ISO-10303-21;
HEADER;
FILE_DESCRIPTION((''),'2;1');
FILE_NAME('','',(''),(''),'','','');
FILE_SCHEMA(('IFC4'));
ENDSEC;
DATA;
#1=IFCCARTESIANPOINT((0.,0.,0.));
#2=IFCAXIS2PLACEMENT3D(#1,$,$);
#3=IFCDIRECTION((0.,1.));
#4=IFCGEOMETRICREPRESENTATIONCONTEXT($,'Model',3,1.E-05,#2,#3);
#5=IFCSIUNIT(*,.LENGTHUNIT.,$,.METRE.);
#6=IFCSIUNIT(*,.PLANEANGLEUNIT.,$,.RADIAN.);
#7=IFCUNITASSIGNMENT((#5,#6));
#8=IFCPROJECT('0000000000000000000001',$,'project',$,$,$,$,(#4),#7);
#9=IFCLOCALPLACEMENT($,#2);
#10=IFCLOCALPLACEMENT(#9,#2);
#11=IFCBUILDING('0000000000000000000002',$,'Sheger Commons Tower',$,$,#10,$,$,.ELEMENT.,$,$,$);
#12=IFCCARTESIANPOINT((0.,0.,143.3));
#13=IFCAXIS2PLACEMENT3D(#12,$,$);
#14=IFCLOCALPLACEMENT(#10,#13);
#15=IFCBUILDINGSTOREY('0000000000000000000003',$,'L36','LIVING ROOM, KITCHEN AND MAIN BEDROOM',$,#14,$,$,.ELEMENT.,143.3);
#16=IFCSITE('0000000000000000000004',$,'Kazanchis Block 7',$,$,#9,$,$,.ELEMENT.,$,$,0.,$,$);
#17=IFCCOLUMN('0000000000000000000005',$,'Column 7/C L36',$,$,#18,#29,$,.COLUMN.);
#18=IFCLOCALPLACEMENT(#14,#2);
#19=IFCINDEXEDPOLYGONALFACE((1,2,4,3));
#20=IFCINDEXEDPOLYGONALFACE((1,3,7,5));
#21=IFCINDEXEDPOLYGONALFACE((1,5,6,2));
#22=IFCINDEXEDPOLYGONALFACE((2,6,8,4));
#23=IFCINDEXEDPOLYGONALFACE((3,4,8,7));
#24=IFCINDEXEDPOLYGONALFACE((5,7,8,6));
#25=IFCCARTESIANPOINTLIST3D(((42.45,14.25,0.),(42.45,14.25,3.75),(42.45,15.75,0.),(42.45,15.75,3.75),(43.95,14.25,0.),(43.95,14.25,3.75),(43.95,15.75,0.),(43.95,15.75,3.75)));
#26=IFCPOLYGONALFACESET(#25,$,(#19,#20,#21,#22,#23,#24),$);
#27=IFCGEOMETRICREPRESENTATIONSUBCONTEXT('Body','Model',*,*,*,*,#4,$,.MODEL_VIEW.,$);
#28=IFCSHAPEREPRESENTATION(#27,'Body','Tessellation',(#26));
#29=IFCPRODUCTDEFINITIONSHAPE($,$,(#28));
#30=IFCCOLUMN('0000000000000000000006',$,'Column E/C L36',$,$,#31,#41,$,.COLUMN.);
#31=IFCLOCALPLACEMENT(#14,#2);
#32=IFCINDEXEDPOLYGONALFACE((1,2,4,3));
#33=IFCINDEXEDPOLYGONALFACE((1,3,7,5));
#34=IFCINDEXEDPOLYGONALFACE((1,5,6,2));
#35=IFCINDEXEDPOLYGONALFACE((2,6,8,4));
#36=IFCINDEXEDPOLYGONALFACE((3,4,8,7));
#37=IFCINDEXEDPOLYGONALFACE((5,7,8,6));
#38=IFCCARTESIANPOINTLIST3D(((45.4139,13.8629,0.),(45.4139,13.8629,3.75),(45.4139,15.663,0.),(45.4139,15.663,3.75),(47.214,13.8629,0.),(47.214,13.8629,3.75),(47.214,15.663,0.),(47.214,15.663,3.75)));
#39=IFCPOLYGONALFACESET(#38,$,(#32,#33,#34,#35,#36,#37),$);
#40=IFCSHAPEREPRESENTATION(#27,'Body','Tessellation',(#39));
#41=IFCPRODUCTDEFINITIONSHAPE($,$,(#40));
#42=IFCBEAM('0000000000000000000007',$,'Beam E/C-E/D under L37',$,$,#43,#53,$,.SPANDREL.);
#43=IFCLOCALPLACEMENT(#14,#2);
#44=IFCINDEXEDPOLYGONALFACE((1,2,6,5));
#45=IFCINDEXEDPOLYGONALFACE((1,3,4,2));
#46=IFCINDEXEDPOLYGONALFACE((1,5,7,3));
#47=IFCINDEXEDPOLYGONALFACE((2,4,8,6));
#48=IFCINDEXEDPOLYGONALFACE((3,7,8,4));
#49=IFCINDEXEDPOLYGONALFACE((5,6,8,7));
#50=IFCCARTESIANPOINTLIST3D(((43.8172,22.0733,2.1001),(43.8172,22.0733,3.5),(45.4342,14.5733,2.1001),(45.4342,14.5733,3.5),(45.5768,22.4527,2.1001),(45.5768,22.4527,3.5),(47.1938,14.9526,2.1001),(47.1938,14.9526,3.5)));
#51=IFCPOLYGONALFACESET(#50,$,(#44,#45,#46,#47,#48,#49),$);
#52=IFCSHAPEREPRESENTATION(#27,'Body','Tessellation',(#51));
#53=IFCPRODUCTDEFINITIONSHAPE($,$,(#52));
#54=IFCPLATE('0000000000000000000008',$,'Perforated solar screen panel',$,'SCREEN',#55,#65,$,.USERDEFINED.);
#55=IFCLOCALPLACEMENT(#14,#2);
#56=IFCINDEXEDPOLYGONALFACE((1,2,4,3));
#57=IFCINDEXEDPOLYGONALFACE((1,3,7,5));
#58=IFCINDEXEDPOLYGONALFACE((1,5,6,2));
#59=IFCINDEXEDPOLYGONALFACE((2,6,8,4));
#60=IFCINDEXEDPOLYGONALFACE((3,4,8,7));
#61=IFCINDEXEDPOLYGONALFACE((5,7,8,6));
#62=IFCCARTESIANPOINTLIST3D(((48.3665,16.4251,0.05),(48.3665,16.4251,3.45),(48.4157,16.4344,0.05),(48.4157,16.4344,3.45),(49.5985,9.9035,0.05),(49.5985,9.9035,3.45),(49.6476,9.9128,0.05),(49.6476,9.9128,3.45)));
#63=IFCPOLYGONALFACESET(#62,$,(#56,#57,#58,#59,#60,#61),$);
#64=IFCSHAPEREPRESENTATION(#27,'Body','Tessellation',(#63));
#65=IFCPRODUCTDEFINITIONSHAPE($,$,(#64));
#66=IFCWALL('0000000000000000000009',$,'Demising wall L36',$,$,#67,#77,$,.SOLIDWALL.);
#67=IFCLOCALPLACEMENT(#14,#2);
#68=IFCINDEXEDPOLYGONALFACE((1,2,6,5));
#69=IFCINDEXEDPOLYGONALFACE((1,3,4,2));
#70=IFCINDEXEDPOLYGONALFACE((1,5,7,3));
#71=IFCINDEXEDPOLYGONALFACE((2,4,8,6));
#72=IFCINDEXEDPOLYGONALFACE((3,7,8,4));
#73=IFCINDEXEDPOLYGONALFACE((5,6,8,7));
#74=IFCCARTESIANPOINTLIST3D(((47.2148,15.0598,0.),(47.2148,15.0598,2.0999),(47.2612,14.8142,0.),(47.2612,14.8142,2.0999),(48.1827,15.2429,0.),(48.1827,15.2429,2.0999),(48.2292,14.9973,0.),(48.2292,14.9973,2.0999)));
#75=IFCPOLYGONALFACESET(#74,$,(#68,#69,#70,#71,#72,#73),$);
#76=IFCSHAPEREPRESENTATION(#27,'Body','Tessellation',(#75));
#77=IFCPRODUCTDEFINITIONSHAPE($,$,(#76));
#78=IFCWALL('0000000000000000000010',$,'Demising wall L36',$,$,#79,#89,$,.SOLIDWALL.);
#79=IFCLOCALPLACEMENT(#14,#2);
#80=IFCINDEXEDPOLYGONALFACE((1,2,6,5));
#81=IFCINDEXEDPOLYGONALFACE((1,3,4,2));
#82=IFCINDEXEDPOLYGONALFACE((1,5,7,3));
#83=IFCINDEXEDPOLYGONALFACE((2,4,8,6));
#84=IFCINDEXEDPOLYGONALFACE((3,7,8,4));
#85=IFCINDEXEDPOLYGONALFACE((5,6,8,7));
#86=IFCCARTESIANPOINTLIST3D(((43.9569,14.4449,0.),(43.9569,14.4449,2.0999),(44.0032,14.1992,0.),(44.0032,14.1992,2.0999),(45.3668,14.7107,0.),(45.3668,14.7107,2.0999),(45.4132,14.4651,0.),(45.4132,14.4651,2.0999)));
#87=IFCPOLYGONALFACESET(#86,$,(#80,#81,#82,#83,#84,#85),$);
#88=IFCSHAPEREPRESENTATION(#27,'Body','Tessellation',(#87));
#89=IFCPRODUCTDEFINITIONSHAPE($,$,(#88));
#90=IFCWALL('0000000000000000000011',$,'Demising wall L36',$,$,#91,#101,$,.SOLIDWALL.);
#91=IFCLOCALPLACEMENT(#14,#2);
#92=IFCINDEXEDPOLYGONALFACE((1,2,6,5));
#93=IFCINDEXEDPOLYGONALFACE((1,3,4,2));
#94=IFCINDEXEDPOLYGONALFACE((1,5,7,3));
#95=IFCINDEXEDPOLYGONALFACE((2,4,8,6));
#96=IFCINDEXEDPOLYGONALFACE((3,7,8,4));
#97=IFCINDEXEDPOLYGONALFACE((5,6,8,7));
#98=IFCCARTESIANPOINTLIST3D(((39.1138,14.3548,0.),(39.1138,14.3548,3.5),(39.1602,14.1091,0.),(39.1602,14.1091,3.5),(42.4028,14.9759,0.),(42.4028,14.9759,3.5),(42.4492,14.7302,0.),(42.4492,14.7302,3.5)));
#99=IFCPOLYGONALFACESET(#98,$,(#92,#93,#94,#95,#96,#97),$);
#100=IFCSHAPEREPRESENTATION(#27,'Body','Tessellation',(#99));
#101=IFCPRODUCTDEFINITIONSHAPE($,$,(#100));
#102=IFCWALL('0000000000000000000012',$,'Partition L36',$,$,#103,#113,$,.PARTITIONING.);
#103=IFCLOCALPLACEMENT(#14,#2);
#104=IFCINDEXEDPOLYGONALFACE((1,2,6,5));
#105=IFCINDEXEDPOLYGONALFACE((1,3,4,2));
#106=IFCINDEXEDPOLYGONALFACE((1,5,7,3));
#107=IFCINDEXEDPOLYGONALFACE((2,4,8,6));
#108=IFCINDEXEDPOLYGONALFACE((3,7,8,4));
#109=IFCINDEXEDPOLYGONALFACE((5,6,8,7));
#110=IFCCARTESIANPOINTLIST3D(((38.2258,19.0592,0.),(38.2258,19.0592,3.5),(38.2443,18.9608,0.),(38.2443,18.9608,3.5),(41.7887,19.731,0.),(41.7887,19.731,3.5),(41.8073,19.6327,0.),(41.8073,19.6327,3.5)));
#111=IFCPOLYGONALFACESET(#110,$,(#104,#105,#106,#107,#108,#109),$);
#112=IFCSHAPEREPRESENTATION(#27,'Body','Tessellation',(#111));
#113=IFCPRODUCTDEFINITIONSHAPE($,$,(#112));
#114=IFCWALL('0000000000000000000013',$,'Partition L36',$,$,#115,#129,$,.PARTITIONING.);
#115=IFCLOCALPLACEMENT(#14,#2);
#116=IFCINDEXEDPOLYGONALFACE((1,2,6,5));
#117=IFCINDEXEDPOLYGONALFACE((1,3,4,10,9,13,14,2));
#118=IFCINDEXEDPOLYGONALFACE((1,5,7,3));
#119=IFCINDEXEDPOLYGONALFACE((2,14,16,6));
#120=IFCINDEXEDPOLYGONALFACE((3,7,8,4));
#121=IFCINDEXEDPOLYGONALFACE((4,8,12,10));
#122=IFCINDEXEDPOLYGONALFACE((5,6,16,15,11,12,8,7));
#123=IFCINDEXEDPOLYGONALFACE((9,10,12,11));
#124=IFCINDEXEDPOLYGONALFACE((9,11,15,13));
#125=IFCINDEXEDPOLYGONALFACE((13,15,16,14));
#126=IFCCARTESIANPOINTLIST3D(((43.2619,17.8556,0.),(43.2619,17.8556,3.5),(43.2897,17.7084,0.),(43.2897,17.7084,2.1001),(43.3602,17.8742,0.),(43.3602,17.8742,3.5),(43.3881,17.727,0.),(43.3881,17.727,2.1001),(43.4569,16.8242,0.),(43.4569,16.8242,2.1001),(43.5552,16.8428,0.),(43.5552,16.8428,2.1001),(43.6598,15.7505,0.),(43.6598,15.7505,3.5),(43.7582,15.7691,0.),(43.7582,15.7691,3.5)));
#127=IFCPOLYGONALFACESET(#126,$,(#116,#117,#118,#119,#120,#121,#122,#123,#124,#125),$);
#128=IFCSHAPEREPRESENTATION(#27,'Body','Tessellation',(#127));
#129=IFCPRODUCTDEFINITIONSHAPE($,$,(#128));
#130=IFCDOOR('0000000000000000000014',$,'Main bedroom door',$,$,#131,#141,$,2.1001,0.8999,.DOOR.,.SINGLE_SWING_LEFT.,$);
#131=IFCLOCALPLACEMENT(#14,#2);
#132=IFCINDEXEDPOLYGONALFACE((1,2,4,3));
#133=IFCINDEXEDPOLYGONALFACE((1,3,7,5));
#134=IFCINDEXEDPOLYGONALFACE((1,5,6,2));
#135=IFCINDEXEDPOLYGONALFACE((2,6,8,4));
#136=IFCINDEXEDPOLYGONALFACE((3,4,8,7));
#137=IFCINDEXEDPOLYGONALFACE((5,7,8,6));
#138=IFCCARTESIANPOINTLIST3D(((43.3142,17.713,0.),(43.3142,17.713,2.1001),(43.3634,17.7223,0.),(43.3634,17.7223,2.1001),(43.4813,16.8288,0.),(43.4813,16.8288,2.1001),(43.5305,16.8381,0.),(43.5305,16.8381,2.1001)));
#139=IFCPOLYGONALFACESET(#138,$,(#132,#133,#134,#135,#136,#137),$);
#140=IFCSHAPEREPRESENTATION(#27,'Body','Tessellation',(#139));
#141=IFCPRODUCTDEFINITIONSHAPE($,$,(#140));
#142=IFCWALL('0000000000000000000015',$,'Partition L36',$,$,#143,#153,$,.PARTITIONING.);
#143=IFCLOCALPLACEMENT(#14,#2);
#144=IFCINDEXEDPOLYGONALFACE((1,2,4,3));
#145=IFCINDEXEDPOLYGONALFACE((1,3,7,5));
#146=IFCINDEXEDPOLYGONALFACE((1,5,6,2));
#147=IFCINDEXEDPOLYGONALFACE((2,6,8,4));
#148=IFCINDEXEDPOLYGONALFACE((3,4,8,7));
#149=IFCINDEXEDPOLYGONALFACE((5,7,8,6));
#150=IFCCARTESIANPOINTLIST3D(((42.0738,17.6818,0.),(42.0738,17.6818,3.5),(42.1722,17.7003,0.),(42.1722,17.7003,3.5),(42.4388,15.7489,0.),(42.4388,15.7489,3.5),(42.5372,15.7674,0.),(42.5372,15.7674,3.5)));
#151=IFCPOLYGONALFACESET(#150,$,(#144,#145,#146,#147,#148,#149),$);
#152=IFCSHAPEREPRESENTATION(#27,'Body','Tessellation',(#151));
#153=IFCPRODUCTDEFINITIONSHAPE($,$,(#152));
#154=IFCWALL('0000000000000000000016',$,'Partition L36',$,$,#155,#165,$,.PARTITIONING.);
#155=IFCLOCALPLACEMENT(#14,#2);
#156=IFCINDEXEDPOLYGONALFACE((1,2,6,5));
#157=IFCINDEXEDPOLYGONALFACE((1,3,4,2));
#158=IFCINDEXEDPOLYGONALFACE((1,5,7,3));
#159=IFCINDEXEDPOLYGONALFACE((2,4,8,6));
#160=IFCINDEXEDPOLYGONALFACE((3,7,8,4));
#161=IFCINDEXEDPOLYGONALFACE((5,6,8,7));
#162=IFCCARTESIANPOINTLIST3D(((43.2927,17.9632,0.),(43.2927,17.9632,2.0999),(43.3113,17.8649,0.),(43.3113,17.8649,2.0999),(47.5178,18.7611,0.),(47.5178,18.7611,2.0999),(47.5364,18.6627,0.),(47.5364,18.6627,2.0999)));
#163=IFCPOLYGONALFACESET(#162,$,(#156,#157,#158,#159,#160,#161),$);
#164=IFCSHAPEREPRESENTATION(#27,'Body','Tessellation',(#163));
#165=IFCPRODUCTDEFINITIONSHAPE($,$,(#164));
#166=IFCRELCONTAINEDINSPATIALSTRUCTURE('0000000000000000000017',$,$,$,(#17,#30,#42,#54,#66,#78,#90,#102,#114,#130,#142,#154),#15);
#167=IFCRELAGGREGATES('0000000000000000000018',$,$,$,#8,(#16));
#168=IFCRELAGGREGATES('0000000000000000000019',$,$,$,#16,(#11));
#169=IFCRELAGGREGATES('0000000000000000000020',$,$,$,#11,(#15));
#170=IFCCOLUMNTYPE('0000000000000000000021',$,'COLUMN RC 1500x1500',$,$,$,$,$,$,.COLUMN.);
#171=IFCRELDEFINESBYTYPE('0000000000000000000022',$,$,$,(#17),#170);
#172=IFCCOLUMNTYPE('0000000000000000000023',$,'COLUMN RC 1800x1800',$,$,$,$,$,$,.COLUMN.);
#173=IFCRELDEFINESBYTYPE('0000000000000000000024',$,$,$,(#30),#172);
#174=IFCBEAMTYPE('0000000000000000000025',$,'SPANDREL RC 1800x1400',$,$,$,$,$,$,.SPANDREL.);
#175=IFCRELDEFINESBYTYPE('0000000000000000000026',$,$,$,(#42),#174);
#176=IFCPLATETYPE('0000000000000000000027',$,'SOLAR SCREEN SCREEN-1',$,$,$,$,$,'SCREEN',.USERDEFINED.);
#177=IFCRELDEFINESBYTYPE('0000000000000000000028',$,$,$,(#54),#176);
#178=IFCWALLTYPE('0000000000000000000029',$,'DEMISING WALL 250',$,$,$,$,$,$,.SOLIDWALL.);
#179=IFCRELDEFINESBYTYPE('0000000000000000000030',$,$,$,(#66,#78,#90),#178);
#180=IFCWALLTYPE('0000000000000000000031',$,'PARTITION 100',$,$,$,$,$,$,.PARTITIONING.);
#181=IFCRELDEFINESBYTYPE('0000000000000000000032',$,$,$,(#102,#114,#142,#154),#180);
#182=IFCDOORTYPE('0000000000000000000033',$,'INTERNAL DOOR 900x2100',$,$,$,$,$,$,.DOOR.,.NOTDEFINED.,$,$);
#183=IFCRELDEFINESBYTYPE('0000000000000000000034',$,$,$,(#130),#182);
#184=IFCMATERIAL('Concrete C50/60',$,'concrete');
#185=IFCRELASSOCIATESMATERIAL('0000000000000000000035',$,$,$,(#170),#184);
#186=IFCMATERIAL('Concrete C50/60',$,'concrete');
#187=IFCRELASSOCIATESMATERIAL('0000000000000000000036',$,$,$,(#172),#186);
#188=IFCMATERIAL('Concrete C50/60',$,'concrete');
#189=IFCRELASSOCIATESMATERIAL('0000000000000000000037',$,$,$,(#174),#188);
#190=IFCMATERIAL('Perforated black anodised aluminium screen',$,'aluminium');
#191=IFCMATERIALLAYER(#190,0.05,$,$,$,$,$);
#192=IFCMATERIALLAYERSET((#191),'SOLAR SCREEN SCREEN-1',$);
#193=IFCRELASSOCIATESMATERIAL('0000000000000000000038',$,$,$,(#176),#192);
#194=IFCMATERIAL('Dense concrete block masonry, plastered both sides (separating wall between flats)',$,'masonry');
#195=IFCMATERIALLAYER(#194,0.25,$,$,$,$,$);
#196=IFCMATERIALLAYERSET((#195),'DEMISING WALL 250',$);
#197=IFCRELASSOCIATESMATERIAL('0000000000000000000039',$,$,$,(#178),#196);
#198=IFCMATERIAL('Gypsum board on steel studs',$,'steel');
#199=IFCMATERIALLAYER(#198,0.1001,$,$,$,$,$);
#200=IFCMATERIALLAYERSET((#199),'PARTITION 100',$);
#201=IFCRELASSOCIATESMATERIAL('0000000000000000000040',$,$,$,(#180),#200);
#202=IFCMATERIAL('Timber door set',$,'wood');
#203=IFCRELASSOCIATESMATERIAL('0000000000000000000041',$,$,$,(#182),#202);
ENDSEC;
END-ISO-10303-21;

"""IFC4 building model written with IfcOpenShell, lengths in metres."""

from ifc_helpers import new_model, si_unit, direction, frame, frame_2d, origin, origin_2d, place, context, subcontext, project, spatial, rectangle, extrude, material, layer, layer_set, material_profile, profile_set, type_object, element, fill, save


model = new_model("IFC4")

# Units and contexts
model_context = context("Model", 3, precision=1e-05, world=origin(), true_north=direction((0.0, 1.0)))
body_context = subcontext(model_context, "Body", "Model", "MODEL_VIEW")
ifc_project = project(units=[si_unit("LENGTHUNIT", "METRE"), si_unit("PLANEANGLEUNIT", "RADIAN")], contexts=[model_context])

# Site, building, storey
site_placement = place(None, origin())
site = spatial("IfcSite", under=ifc_project, at=site_placement, Name="Kazanchis Block 7", CompositionType="ELEMENT", RefElevation=0.0)
building_placement = place(site_placement, origin())
building = spatial("IfcBuilding", under=site, at=building_placement, Name="Sheger Commons Tower", CompositionType="ELEMENT")
storey_placement = place(building_placement, frame((0.0, 0.0, 143.3)))
storey = spatial("IfcBuildingStorey", under=building, at=storey_placement, Name="L36", Description="LIVING ROOM, KITCHEN AND MAIN BEDROOM", CompositionType="ELEMENT", Elevation=143.3)

# Columns
ifc_material_1 = material(Name="Concrete C50/60", Category="concrete")
ifc_material_profile_1 = material_profile(ifc_material_1, rectangle(XDim=1.5, YDim=1.5, at=origin_2d()), Name="RC 1500x1500")
ifc_profile_set_1 = profile_set([ifc_material_profile_1], Name="Concrete C50/60")
column_type_1 = type_object("IfcColumnType", Name="COLUMN RC 1500x1500", PredefinedType="COLUMN", material=ifc_profile_set_1)
column_1_placement = place(storey_placement, frame((43.2, 15.0, 0.0), z_axis=(0.0, 0.0, 1.0), x_axis=(1.0, 0.0, 0.0)))
element("IfcColumn", 1, at=column_1_placement, inside=storey, type_object=column_type_1, Name="Column 7/C L36", PredefinedType="COLUMN", context=body_context, shape_type="SweptSolid", body=[
    extrude(rectangle(XDim=1.5, YDim=1.5, at=origin_2d()), origin(), (0.0, 0.0, 1.0), 3.75),
])
ifc_material_2 = material(Name="Concrete C50/60", Category="concrete")
ifc_material_profile_2 = material_profile(ifc_material_2, rectangle(XDim=1.8, YDim=1.8, at=origin_2d()), Name="RC 1800x1800")
ifc_profile_set_2 = profile_set([ifc_material_profile_2], Name="Concrete C50/60")
column_type_2 = type_object("IfcColumnType", Name="COLUMN RC 1800x1800", PredefinedType="COLUMN", material=ifc_profile_set_2)
column_2_placement = place(storey_placement, frame((46.314, 14.7629, 0.0), z_axis=(0.0, 0.0, 1.0), x_axis=(1.0, 0.0, 0.0)))
element("IfcColumn", 2, at=column_2_placement, inside=storey, type_object=column_type_2, Name="Column E/C L36", PredefinedType="COLUMN", context=body_context, shape_type="SweptSolid", body=[
    extrude(rectangle(XDim=1.8, YDim=1.8, at=origin_2d()), origin(), (0.0, 0.0, 1.0), 3.75),
])

# Beam
ifc_material_3 = material(Name="Concrete C50/60", Category="concrete")
ifc_material_profile_3 = material_profile(ifc_material_3, rectangle(XDim=1.8, YDim=1.3999, at=origin_2d()), Name="RC 1800x1400")
ifc_profile_set_3 = profile_set([ifc_material_profile_3], Name="Concrete C50/60")
beam_type = type_object("IfcBeamType", Name="SPANDREL RC 1800x1400", PredefinedType="SPANDREL", material=ifc_profile_set_3)
beam_placement = place(storey_placement, frame((46.314, 14.7629, 2.8), z_axis=(-0.21075, 0.97754, 0.0), x_axis=(-0.97754, -0.21075, 0.0)))
element("IfcBeam", 3, at=beam_placement, inside=storey, type_object=beam_type, Name="Beam E/C-E/D under L37", PredefinedType="SPANDREL", context=body_context, shape_type="SweptSolid", body=[
    extrude(rectangle(XDim=1.8, YDim=1.3999, at=origin_2d()), origin(), (0.0, 0.0, 1.0), 7.6724),
])

# Plate
ifc_material_4 = material(Name="Perforated black anodised aluminium screen", Category="aluminium")
ifc_layer_1 = layer(ifc_material_4, 0.05)
ifc_layer_set_1 = layer_set([ifc_layer_1], Name="SOLAR SCREEN SCREEN-1")
plate_type = type_object("IfcPlateType", Name="SOLAR SCREEN SCREEN-1", ElementType="SCREEN", PredefinedType="USERDEFINED", material=ifc_layer_set_1)
plate_placement = place(storey_placement, frame((49.0071, 13.1689, 0.05), z_axis=(0.0, 0.0, 1.0), x_axis=(-0.185615, 0.982623, 0.0)))
element("IfcPlate", 4, at=plate_placement, inside=storey, type_object=plate_type, Name="Perforated solar screen panel", ObjectType="SCREEN", PredefinedType="USERDEFINED", context=body_context, shape_type="SweptSolid", body=[
    extrude(rectangle(XDim=6.637, YDim=0.05, at=origin_2d()), origin(), (0.0, 0.0, 1.0), 3.3999),
])

# Walls
ifc_material_5 = material(Name="Dense concrete block masonry, plastered both sides (separating wall between flats)", Category="masonry")
ifc_layer_2 = layer(ifc_material_5, 0.25)
ifc_layer_set_2 = layer_set([ifc_layer_2], Name="DEMISING WALL 250")
wall_type_1 = type_object("IfcWallType", Name="DEMISING WALL 250", PredefinedType="SOLIDWALL", material=ifc_layer_set_2)
wall_1_placement = place(storey_placement, frame((48.2061, 15.1201, 0.0), z_axis=(0.0, 0.0, 1.0), x_axis=(-0.982576, -0.185859, 0.0)))
element("IfcWall", 5, at=wall_1_placement, inside=storey, type_object=wall_type_1, Name="Demising wall L36", PredefinedType="SOLIDWALL", context=body_context, shape_type="SweptSolid", body=[
    extrude(rectangle(XDim=0.9851, YDim=0.25, at=frame_2d((0.4927, 0.0))), origin(), (0.0, 0.0, 1.0), 2.0999),
])
wall_2_placement = place(storey_placement, frame((45.3899, 14.5879, 0.0), z_axis=(0.0, 0.0, 1.0), x_axis=(-0.982681, -0.185306, 0.0)))
element("IfcWall", 6, at=wall_2_placement, inside=storey, type_object=wall_type_1, Name="Demising wall L36", PredefinedType="SOLIDWALL", context=body_context, shape_type="SweptSolid", body=[
    extrude(rectangle(XDim=1.4348, YDim=0.25, at=frame_2d((0.7173, 0.0))), origin(), (0.0, 0.0, 1.0), 2.0999),
])
wall_3_placement = place(storey_placement, frame((42.426, 14.853, 0.0), z_axis=(0.0, 0.0, 1.0), x_axis=(-0.982634, -0.185557, 0.0)))
element("IfcWall", 7, at=wall_3_placement, inside=storey, type_object=wall_type_1, Name="Demising wall L36", PredefinedType="SOLIDWALL", context=body_context, shape_type="SweptSolid", body=[
    extrude(rectangle(XDim=3.3472, YDim=0.25, at=frame_2d((1.6736, 0.0))), origin(), (0.0, 0.0, 1.0), 3.5),
])
ifc_material_6 = material(Name="Gypsum board on steel studs", Category="steel")
ifc_layer_3 = layer(ifc_material_6, 0.1001)
ifc_layer_set_3 = layer_set([ifc_layer_3], Name="PARTITION 100")
wall_type_2 = type_object("IfcWallType", Name="PARTITION 100", PredefinedType="PARTITIONING", material=ifc_layer_set_3)
wall_4_placement = place(storey_placement, frame((41.7981, 19.6819, 0.0), z_axis=(0.0, 0.0, 1.0), x_axis=(-0.982681, -0.185305, 0.0)))
element("IfcWall", 8, at=wall_4_placement, inside=storey, type_object=wall_type_2, Name="Partition L36", PredefinedType="PARTITIONING", context=body_context, shape_type="SweptSolid", body=[
    extrude(rectangle(XDim=3.6257, YDim=0.1001, at=frame_2d((1.813, 0.0))), origin(), (0.0, 0.0, 1.0), 3.5),
])

# Wall, opening, door
wall_5_placement = place(storey_placement, frame((43.311, 17.865, 0.0), z_axis=(0.0, 0.0, 1.0), x_axis=(0.185761, -0.982595, 0.0)))
wall_5 = element("IfcWall", 9, at=wall_5_placement, inside=storey, type_object=wall_type_2, Name="Partition L36", PredefinedType="PARTITIONING", context=body_context, shape_type="SweptSolid", body=[
    extrude(rectangle(XDim=2.1423, YDim=0.1001, at=frame_2d((1.0713, 0.0))), origin(), (0.0, 0.0, 1.0), 3.5),
])
opening_1_placement = place(wall_5_placement, frame((0.1499, 0.0, 0.0)))
opening_1 = element("IfcOpeningElement", 10, at=opening_1_placement, cuts=wall_5, PredefinedType="OPENING", context=body_context, shape_type="SweptSolid", body=[
    extrude(rectangle(XDim=0.8999, YDim=2.1001, at=frame_2d((0.45, 1.05))), frame((0.0, 0.0601, 0.0), z_axis=(0.0, -1.0, 0.0), x_axis=(1.0, 0.0, 0.0)), (0.0, 0.0, 1.0), 0.1201),
])
ifc_material_7 = material(Name="Timber door set", Category="wood")
door_type = type_object("IfcDoorType", Name="INTERNAL DOOR 900x2100", OperationType="NOTDEFINED", PredefinedType="DOOR", material=ifc_material_7)
door_1_placement = place(opening_1_placement, origin())
door_1 = element("IfcDoor", 11, at=door_1_placement, inside=storey, type_object=door_type, Name="Main bedroom door", OperationType="SINGLE_SWING_LEFT", OverallHeight=2.1001, OverallWidth=0.8999, PredefinedType="DOOR", context=body_context, shape_type="SweptSolid", body=[
    extrude(rectangle(XDim=0.8999, YDim=2.1001, at=frame_2d((0.45, 1.05))), frame((0.0, 0.0249, 0.0), z_axis=(0.0, -1.0, 0.0), x_axis=(1.0, 0.0, 0.0)), (0.0, 0.0, 1.0), 0.05),
])
fill(opening_1, door_1)

# Walls
wall_6_placement = place(storey_placement, frame((42.123, 17.6909, 0.0), z_axis=(0.0, 0.0, 1.0), x_axis=(0.185555, -0.982634, 0.0)))
element("IfcWall", 12, at=wall_6_placement, inside=storey, type_object=wall_type_2, Name="Partition L36", PredefinedType="PARTITIONING", context=body_context, shape_type="SweptSolid", body=[
    extrude(rectangle(XDim=1.967, YDim=0.1001, at=frame_2d((0.9834, 0.0))), origin(), (0.0, 0.0, 1.0), 3.5),
])
wall_7_placement = place(storey_placement, frame((47.5271, 18.7119, 0.0), z_axis=(0.0, 0.0, 1.0), x_axis=(-0.982634, -0.185557, 0.0)))
element("IfcWall", 13, at=wall_7_placement, inside=storey, type_object=wall_type_2, Name="Partition L36", PredefinedType="PARTITIONING", context=body_context, shape_type="SweptSolid", body=[
    extrude(rectangle(XDim=4.2998, YDim=0.1001, at=frame_2d((2.1499, 0.0))), origin(), (0.0, 0.0, 1.0), 2.0999),
])

save(model, "model.ifc")
